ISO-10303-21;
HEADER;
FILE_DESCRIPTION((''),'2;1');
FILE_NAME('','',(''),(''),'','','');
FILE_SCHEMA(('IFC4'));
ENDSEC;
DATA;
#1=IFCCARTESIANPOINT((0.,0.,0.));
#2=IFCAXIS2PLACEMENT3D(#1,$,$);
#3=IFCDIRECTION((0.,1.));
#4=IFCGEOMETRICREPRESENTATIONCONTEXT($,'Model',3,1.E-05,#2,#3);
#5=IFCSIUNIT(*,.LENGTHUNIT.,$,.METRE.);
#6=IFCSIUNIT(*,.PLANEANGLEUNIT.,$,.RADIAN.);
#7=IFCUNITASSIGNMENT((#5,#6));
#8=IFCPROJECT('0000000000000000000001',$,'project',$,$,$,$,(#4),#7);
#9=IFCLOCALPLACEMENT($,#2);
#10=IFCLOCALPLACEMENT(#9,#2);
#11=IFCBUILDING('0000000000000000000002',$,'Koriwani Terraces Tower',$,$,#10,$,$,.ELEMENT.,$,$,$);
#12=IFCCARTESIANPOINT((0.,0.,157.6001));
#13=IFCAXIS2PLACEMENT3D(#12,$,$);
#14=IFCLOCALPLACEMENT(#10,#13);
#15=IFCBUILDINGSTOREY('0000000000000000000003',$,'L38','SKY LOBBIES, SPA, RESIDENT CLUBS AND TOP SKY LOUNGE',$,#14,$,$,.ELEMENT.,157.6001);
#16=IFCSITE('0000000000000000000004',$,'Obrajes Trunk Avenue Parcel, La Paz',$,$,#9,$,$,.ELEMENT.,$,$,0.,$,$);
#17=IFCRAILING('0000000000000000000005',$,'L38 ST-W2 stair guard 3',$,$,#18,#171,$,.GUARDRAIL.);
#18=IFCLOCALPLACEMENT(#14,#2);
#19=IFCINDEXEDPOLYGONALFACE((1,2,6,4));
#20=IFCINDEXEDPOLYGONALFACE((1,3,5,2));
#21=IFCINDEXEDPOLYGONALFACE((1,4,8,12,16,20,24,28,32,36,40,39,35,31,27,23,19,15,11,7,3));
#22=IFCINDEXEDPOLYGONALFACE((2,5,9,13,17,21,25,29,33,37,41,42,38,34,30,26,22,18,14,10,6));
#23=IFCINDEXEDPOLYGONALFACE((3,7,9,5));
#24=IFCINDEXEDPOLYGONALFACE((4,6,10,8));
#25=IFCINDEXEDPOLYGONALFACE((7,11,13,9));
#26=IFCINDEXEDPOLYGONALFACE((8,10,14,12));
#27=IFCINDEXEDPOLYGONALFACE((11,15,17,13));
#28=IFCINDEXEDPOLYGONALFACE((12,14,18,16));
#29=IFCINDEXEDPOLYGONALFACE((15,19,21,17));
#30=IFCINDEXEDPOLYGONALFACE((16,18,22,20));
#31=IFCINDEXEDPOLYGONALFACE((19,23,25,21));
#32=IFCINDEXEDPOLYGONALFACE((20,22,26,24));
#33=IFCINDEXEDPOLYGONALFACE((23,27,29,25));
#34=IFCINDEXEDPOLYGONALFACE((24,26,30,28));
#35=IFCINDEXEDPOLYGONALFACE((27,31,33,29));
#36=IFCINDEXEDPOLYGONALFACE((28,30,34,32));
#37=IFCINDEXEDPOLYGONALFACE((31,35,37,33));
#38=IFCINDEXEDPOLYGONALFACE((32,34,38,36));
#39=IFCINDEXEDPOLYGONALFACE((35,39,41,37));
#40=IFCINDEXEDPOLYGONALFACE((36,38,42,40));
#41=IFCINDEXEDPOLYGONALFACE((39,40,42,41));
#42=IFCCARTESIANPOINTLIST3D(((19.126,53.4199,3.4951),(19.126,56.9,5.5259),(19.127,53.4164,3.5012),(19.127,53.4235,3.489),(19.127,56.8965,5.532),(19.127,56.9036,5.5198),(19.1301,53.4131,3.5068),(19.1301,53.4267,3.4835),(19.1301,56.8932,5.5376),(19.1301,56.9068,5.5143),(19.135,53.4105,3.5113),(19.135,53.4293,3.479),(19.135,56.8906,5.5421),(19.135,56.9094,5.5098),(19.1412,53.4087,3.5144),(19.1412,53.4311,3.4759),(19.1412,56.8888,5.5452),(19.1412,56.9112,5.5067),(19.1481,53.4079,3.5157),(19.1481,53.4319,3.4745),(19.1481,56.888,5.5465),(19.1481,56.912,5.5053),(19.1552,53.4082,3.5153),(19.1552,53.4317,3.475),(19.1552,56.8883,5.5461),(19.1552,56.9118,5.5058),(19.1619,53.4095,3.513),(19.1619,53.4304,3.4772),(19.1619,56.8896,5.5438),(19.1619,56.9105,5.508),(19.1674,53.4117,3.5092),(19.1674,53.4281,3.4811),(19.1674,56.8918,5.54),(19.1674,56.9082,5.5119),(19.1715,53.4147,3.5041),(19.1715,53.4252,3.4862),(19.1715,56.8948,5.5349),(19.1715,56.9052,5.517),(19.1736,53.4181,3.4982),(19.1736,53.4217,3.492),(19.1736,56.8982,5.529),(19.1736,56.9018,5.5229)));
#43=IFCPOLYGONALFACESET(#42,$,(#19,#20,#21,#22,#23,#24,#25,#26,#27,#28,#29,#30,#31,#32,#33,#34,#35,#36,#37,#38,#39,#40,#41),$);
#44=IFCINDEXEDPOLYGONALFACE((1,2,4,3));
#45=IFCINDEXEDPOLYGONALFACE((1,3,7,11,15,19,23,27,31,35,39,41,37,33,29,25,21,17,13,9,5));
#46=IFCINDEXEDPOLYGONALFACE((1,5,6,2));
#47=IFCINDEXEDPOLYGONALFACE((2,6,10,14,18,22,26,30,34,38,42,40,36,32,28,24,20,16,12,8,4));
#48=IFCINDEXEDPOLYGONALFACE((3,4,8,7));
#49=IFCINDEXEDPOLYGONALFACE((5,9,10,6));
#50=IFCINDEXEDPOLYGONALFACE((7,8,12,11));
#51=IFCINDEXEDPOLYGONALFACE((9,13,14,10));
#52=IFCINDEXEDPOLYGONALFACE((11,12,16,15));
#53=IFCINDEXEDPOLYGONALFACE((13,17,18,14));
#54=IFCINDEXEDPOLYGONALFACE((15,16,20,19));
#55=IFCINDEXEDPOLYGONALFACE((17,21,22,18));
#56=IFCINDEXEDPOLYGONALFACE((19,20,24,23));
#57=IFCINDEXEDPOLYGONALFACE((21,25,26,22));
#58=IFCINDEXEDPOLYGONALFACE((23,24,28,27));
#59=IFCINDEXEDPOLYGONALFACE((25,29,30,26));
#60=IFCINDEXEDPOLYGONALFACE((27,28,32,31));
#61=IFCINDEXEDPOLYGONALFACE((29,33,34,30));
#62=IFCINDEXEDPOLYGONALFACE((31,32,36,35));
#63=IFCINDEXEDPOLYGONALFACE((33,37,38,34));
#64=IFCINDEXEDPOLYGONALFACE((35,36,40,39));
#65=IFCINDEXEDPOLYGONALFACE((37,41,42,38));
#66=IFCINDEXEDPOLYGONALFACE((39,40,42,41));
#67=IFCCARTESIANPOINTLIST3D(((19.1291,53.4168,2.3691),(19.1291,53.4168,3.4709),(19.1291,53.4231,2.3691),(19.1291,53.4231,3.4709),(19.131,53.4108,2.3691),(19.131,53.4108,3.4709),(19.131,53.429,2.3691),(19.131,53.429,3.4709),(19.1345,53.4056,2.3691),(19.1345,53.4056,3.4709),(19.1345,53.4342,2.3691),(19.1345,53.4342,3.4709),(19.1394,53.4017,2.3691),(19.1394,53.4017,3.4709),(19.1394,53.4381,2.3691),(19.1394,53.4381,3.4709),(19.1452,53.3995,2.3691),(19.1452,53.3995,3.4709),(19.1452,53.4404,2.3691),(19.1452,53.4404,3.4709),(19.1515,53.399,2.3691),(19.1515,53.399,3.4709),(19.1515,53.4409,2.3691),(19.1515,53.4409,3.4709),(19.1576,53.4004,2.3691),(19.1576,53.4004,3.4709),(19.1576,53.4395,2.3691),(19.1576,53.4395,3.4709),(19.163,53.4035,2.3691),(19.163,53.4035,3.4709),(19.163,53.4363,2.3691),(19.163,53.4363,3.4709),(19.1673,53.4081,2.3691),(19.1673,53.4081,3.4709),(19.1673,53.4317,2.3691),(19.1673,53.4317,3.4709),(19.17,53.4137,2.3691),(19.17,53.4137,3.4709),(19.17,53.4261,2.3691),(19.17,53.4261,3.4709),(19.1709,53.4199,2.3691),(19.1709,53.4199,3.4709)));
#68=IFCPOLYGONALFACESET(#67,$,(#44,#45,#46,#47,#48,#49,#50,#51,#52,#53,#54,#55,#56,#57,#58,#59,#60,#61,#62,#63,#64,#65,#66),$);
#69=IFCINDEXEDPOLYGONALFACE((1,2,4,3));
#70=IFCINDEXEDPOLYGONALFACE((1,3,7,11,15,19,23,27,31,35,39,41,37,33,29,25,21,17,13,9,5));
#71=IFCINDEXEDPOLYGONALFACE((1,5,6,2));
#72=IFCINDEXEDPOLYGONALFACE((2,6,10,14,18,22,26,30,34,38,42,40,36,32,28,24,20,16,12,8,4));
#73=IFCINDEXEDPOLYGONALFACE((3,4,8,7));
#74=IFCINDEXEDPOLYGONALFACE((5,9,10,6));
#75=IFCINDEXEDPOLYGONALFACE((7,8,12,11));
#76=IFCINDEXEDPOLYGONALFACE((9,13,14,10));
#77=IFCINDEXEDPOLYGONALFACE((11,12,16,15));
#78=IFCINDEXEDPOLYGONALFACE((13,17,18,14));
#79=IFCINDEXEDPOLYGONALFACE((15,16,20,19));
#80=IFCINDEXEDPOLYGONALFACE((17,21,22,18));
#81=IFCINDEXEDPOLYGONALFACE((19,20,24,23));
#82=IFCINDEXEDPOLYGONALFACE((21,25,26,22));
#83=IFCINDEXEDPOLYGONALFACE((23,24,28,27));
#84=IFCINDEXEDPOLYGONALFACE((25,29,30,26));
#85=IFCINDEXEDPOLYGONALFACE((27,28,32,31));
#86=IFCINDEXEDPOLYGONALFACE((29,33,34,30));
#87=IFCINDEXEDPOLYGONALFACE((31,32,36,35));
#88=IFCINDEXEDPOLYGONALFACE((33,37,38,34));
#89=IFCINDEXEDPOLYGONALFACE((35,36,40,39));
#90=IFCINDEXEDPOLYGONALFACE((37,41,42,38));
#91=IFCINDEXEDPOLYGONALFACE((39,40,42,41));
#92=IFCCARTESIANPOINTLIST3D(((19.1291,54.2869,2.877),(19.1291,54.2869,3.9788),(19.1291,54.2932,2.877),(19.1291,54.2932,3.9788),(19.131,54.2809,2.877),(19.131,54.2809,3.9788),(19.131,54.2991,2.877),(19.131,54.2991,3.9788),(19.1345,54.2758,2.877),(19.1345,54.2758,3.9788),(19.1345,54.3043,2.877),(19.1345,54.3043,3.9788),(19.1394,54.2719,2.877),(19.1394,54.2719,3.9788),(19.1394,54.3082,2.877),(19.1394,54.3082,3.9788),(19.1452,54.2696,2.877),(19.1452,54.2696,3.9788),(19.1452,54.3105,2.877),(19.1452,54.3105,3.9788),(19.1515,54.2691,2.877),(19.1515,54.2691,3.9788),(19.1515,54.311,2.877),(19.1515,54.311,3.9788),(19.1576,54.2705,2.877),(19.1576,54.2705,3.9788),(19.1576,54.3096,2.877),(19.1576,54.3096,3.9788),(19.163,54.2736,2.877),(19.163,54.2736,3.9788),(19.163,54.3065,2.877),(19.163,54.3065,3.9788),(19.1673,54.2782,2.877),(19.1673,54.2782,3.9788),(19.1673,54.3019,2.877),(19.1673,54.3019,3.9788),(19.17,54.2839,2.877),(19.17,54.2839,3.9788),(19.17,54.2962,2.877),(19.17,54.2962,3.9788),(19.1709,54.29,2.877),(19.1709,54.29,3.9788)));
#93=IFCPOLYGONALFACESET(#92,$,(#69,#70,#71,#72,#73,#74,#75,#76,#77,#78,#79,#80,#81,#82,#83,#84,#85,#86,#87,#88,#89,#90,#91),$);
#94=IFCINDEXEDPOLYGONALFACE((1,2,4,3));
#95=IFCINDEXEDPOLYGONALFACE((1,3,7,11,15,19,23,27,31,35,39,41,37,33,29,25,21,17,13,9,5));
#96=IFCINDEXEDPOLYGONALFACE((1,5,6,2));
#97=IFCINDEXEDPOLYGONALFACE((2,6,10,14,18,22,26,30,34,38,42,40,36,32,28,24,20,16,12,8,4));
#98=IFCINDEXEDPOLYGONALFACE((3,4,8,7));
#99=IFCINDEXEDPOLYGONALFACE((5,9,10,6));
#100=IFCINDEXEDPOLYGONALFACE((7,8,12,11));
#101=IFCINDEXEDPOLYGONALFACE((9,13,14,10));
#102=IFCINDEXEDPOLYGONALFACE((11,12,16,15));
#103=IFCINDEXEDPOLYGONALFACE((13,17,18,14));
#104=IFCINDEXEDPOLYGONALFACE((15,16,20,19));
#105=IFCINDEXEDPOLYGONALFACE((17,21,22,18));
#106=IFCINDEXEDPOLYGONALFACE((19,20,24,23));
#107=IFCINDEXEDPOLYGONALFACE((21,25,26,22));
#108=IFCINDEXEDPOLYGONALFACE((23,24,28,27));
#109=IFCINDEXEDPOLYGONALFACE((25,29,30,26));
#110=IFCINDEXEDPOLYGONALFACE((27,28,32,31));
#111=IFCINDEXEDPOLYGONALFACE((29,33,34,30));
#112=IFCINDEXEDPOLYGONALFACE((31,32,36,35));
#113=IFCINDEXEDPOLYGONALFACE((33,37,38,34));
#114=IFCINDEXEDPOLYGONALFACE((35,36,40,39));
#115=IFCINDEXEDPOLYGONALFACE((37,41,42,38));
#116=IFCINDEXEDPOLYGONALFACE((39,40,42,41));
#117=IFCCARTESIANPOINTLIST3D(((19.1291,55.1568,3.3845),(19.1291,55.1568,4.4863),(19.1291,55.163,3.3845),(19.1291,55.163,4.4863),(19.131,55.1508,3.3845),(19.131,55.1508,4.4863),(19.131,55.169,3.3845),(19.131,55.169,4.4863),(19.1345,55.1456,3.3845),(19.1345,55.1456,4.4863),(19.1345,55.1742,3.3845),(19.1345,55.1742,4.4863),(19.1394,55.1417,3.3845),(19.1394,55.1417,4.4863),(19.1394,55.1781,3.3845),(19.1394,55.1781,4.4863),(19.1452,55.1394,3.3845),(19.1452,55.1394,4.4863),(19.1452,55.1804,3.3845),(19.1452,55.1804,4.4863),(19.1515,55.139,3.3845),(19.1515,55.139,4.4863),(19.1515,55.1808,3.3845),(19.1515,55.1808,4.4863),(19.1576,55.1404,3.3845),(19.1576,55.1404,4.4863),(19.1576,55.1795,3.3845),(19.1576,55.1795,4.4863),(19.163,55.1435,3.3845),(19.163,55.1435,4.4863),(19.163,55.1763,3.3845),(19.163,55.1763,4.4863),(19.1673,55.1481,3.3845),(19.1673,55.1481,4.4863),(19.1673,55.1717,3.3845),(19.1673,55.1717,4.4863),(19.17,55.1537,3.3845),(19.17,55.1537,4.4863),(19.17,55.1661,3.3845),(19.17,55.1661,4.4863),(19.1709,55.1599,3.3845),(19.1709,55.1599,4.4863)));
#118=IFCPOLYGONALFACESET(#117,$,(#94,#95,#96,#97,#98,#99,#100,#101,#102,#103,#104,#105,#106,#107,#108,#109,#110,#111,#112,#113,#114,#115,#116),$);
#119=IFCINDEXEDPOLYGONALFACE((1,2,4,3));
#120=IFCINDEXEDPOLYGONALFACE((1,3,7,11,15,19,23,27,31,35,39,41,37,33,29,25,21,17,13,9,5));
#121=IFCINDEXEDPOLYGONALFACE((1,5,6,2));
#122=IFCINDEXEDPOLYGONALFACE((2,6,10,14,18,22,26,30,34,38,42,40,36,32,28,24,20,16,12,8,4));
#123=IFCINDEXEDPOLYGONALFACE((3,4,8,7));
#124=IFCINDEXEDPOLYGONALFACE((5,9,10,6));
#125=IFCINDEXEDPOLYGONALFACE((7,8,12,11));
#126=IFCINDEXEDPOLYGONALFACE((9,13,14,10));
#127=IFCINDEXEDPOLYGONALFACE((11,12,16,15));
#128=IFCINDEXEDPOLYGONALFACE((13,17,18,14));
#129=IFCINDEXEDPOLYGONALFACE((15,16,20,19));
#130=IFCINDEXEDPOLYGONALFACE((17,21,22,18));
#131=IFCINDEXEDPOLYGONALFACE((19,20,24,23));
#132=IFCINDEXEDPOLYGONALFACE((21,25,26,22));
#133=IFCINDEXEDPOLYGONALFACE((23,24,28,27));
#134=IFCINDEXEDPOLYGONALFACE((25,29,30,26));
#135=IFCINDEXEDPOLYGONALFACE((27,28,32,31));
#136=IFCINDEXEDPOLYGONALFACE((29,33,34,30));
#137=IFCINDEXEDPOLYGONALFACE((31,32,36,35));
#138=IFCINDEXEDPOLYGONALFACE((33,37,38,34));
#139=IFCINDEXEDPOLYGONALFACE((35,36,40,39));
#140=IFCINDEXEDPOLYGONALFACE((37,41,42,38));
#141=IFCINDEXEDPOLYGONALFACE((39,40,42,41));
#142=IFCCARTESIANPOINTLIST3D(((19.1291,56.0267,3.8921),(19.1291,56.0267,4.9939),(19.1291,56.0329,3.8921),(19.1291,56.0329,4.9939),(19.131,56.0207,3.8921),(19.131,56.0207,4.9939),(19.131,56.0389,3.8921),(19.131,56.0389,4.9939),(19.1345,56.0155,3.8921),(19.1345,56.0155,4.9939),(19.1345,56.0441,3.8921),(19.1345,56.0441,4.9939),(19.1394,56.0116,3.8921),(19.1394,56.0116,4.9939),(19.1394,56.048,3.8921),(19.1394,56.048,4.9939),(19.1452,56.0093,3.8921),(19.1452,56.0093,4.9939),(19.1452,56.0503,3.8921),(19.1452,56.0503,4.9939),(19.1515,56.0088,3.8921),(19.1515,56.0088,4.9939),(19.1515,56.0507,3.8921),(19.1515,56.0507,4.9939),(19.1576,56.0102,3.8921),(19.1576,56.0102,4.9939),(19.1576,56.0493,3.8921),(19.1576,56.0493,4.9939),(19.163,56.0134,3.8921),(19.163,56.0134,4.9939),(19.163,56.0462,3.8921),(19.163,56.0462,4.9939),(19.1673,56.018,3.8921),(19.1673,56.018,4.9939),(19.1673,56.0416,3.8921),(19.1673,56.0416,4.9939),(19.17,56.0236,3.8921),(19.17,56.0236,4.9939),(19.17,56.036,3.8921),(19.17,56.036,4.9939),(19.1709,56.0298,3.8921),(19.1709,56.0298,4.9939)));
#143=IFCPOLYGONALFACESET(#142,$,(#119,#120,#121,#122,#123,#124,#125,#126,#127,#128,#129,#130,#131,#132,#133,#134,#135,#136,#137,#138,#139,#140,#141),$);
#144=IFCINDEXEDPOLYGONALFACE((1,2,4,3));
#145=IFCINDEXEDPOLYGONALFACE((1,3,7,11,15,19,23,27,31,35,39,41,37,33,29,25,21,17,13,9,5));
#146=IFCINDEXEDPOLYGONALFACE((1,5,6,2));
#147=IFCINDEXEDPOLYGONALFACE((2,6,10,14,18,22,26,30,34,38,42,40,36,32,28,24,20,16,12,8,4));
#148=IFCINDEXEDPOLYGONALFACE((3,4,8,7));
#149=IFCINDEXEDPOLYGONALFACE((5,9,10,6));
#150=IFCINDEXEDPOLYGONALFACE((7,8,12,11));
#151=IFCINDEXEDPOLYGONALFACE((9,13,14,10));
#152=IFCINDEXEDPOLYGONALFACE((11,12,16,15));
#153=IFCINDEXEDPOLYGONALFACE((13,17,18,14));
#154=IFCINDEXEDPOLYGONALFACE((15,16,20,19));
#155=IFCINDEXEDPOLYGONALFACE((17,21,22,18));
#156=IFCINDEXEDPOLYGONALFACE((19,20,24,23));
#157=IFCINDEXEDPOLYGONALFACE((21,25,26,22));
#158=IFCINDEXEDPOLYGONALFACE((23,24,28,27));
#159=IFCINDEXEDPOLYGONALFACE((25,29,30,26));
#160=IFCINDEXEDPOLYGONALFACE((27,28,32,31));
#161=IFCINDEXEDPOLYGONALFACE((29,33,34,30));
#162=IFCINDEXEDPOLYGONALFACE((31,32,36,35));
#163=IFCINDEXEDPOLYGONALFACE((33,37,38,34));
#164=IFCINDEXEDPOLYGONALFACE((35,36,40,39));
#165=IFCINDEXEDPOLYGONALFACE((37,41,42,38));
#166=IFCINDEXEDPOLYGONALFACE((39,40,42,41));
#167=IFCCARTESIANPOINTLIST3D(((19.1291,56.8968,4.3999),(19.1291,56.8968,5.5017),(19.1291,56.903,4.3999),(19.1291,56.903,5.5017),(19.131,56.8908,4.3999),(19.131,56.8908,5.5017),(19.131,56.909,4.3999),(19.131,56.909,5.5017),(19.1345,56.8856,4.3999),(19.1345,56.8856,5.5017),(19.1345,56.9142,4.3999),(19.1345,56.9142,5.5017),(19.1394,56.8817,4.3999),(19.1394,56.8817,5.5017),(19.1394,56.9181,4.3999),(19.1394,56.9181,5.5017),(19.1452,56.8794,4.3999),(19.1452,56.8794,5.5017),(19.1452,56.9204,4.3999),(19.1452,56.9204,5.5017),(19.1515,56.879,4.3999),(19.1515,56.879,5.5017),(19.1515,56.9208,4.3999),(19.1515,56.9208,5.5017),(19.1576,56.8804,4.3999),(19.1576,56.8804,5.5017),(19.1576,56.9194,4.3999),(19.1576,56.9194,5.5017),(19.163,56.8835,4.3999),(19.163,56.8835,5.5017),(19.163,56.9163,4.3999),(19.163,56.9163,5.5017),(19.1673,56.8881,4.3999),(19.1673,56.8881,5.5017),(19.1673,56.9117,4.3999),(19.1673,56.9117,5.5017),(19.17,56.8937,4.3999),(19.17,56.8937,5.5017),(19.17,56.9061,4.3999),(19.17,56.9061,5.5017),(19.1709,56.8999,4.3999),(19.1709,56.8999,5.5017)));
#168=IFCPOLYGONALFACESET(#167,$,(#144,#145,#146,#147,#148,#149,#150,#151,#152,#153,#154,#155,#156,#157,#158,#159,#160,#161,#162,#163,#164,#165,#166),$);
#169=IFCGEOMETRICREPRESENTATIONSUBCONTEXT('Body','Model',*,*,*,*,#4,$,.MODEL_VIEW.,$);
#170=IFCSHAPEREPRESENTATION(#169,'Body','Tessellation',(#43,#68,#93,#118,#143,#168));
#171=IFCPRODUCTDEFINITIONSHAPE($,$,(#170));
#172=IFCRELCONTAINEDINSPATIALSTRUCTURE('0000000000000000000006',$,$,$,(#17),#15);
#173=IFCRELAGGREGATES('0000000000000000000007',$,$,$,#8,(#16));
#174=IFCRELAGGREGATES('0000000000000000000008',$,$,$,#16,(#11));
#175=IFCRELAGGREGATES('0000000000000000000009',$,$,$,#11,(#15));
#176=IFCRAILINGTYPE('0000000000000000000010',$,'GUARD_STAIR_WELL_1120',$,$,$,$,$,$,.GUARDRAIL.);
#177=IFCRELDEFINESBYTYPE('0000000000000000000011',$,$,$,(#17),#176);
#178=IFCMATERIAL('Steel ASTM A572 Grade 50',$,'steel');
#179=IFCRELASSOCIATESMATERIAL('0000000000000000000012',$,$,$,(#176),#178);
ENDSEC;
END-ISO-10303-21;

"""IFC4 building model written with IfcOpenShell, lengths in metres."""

from ifc_helpers import new_model, si_unit, direction, frame, origin, origin_2d, place, context, subcontext, project, spatial, circle, extrude, material, type_object, element, save


model = new_model("IFC4")

# Units and contexts
model_context = context("Model", 3, precision=1e-05, world=origin(), true_north=direction((0.0, 1.0)))
body_context = subcontext(model_context, "Body", "Model", "MODEL_VIEW")
ifc_project = project(units=[si_unit("LENGTHUNIT", "METRE"), si_unit("PLANEANGLEUNIT", "RADIAN")], contexts=[model_context])

# Site, building, storey
site_placement = place(None, origin())
site = spatial("IfcSite", under=ifc_project, at=site_placement, Name="Obrajes Trunk Avenue Parcel, La Paz", CompositionType="ELEMENT", RefElevation=0.0)
building_placement = place(site_placement, origin())
building = spatial("IfcBuilding", under=site, at=building_placement, Name="Koriwani Terraces Tower", CompositionType="ELEMENT")
storey_placement = place(building_placement, frame((0.0, 0.0, 157.6001)))
storey = spatial("IfcBuildingStorey", under=building, at=storey_placement, Name="L38", Description="SKY LOBBIES, SPA, RESIDENT CLUBS AND TOP SKY LOUNGE", CompositionType="ELEMENT", Elevation=157.6001)

# Shared definitions
ifc_material_1 = material(Name="Steel ASTM A572 Grade 50", Category="steel")

# Railing
railing_type_1 = type_object("IfcRailingType", Name="GUARD_STAIR_WELL_1120", PredefinedType="GUARDRAIL", material=ifc_material_1)
railing_1_placement = place(storey_placement, frame((19.1499, 53.4199, 2.3691)))
element("IfcRailing", 1, at=railing_1_placement, inside=storey, type_object=railing_type_1, Name="L38 ST-W2 stair guard 3", PredefinedType="GUARDRAIL", context=body_context, shape_type="SweptSolid", body=[
    extrude(circle(Radius=0.0239, at=origin_2d()), frame((0.0, 0.0, 1.126), z_axis=(0.0, 0.863695, 0.504014), x_axis=(-1.0, 0.0, 0.0)), (0.0, 0.0, 1.0), 4.0293),
    extrude(circle(Radius=0.021, at=origin_2d()), origin(), (0.0, 0.0, 1.0), 1.1018),
    extrude(circle(Radius=0.021, at=origin_2d()), frame((0.0, 0.8701, 0.5078)), (0.0, 0.0, 1.0), 1.1018),
    extrude(circle(Radius=0.021, at=origin_2d()), frame((0.0, 1.74, 1.0154)), (0.0, 0.0, 1.0), 1.1018),
    extrude(circle(Radius=0.021, at=origin_2d()), frame((0.0, 2.6099, 1.5229)), (0.0, 0.0, 1.0), 1.1018),
    extrude(circle(Radius=0.021, at=origin_2d()), frame((0.0, 3.48, 2.0308)), (0.0, 0.0, 1.0), 1.1018),
])

save(model, "model.ifc")
